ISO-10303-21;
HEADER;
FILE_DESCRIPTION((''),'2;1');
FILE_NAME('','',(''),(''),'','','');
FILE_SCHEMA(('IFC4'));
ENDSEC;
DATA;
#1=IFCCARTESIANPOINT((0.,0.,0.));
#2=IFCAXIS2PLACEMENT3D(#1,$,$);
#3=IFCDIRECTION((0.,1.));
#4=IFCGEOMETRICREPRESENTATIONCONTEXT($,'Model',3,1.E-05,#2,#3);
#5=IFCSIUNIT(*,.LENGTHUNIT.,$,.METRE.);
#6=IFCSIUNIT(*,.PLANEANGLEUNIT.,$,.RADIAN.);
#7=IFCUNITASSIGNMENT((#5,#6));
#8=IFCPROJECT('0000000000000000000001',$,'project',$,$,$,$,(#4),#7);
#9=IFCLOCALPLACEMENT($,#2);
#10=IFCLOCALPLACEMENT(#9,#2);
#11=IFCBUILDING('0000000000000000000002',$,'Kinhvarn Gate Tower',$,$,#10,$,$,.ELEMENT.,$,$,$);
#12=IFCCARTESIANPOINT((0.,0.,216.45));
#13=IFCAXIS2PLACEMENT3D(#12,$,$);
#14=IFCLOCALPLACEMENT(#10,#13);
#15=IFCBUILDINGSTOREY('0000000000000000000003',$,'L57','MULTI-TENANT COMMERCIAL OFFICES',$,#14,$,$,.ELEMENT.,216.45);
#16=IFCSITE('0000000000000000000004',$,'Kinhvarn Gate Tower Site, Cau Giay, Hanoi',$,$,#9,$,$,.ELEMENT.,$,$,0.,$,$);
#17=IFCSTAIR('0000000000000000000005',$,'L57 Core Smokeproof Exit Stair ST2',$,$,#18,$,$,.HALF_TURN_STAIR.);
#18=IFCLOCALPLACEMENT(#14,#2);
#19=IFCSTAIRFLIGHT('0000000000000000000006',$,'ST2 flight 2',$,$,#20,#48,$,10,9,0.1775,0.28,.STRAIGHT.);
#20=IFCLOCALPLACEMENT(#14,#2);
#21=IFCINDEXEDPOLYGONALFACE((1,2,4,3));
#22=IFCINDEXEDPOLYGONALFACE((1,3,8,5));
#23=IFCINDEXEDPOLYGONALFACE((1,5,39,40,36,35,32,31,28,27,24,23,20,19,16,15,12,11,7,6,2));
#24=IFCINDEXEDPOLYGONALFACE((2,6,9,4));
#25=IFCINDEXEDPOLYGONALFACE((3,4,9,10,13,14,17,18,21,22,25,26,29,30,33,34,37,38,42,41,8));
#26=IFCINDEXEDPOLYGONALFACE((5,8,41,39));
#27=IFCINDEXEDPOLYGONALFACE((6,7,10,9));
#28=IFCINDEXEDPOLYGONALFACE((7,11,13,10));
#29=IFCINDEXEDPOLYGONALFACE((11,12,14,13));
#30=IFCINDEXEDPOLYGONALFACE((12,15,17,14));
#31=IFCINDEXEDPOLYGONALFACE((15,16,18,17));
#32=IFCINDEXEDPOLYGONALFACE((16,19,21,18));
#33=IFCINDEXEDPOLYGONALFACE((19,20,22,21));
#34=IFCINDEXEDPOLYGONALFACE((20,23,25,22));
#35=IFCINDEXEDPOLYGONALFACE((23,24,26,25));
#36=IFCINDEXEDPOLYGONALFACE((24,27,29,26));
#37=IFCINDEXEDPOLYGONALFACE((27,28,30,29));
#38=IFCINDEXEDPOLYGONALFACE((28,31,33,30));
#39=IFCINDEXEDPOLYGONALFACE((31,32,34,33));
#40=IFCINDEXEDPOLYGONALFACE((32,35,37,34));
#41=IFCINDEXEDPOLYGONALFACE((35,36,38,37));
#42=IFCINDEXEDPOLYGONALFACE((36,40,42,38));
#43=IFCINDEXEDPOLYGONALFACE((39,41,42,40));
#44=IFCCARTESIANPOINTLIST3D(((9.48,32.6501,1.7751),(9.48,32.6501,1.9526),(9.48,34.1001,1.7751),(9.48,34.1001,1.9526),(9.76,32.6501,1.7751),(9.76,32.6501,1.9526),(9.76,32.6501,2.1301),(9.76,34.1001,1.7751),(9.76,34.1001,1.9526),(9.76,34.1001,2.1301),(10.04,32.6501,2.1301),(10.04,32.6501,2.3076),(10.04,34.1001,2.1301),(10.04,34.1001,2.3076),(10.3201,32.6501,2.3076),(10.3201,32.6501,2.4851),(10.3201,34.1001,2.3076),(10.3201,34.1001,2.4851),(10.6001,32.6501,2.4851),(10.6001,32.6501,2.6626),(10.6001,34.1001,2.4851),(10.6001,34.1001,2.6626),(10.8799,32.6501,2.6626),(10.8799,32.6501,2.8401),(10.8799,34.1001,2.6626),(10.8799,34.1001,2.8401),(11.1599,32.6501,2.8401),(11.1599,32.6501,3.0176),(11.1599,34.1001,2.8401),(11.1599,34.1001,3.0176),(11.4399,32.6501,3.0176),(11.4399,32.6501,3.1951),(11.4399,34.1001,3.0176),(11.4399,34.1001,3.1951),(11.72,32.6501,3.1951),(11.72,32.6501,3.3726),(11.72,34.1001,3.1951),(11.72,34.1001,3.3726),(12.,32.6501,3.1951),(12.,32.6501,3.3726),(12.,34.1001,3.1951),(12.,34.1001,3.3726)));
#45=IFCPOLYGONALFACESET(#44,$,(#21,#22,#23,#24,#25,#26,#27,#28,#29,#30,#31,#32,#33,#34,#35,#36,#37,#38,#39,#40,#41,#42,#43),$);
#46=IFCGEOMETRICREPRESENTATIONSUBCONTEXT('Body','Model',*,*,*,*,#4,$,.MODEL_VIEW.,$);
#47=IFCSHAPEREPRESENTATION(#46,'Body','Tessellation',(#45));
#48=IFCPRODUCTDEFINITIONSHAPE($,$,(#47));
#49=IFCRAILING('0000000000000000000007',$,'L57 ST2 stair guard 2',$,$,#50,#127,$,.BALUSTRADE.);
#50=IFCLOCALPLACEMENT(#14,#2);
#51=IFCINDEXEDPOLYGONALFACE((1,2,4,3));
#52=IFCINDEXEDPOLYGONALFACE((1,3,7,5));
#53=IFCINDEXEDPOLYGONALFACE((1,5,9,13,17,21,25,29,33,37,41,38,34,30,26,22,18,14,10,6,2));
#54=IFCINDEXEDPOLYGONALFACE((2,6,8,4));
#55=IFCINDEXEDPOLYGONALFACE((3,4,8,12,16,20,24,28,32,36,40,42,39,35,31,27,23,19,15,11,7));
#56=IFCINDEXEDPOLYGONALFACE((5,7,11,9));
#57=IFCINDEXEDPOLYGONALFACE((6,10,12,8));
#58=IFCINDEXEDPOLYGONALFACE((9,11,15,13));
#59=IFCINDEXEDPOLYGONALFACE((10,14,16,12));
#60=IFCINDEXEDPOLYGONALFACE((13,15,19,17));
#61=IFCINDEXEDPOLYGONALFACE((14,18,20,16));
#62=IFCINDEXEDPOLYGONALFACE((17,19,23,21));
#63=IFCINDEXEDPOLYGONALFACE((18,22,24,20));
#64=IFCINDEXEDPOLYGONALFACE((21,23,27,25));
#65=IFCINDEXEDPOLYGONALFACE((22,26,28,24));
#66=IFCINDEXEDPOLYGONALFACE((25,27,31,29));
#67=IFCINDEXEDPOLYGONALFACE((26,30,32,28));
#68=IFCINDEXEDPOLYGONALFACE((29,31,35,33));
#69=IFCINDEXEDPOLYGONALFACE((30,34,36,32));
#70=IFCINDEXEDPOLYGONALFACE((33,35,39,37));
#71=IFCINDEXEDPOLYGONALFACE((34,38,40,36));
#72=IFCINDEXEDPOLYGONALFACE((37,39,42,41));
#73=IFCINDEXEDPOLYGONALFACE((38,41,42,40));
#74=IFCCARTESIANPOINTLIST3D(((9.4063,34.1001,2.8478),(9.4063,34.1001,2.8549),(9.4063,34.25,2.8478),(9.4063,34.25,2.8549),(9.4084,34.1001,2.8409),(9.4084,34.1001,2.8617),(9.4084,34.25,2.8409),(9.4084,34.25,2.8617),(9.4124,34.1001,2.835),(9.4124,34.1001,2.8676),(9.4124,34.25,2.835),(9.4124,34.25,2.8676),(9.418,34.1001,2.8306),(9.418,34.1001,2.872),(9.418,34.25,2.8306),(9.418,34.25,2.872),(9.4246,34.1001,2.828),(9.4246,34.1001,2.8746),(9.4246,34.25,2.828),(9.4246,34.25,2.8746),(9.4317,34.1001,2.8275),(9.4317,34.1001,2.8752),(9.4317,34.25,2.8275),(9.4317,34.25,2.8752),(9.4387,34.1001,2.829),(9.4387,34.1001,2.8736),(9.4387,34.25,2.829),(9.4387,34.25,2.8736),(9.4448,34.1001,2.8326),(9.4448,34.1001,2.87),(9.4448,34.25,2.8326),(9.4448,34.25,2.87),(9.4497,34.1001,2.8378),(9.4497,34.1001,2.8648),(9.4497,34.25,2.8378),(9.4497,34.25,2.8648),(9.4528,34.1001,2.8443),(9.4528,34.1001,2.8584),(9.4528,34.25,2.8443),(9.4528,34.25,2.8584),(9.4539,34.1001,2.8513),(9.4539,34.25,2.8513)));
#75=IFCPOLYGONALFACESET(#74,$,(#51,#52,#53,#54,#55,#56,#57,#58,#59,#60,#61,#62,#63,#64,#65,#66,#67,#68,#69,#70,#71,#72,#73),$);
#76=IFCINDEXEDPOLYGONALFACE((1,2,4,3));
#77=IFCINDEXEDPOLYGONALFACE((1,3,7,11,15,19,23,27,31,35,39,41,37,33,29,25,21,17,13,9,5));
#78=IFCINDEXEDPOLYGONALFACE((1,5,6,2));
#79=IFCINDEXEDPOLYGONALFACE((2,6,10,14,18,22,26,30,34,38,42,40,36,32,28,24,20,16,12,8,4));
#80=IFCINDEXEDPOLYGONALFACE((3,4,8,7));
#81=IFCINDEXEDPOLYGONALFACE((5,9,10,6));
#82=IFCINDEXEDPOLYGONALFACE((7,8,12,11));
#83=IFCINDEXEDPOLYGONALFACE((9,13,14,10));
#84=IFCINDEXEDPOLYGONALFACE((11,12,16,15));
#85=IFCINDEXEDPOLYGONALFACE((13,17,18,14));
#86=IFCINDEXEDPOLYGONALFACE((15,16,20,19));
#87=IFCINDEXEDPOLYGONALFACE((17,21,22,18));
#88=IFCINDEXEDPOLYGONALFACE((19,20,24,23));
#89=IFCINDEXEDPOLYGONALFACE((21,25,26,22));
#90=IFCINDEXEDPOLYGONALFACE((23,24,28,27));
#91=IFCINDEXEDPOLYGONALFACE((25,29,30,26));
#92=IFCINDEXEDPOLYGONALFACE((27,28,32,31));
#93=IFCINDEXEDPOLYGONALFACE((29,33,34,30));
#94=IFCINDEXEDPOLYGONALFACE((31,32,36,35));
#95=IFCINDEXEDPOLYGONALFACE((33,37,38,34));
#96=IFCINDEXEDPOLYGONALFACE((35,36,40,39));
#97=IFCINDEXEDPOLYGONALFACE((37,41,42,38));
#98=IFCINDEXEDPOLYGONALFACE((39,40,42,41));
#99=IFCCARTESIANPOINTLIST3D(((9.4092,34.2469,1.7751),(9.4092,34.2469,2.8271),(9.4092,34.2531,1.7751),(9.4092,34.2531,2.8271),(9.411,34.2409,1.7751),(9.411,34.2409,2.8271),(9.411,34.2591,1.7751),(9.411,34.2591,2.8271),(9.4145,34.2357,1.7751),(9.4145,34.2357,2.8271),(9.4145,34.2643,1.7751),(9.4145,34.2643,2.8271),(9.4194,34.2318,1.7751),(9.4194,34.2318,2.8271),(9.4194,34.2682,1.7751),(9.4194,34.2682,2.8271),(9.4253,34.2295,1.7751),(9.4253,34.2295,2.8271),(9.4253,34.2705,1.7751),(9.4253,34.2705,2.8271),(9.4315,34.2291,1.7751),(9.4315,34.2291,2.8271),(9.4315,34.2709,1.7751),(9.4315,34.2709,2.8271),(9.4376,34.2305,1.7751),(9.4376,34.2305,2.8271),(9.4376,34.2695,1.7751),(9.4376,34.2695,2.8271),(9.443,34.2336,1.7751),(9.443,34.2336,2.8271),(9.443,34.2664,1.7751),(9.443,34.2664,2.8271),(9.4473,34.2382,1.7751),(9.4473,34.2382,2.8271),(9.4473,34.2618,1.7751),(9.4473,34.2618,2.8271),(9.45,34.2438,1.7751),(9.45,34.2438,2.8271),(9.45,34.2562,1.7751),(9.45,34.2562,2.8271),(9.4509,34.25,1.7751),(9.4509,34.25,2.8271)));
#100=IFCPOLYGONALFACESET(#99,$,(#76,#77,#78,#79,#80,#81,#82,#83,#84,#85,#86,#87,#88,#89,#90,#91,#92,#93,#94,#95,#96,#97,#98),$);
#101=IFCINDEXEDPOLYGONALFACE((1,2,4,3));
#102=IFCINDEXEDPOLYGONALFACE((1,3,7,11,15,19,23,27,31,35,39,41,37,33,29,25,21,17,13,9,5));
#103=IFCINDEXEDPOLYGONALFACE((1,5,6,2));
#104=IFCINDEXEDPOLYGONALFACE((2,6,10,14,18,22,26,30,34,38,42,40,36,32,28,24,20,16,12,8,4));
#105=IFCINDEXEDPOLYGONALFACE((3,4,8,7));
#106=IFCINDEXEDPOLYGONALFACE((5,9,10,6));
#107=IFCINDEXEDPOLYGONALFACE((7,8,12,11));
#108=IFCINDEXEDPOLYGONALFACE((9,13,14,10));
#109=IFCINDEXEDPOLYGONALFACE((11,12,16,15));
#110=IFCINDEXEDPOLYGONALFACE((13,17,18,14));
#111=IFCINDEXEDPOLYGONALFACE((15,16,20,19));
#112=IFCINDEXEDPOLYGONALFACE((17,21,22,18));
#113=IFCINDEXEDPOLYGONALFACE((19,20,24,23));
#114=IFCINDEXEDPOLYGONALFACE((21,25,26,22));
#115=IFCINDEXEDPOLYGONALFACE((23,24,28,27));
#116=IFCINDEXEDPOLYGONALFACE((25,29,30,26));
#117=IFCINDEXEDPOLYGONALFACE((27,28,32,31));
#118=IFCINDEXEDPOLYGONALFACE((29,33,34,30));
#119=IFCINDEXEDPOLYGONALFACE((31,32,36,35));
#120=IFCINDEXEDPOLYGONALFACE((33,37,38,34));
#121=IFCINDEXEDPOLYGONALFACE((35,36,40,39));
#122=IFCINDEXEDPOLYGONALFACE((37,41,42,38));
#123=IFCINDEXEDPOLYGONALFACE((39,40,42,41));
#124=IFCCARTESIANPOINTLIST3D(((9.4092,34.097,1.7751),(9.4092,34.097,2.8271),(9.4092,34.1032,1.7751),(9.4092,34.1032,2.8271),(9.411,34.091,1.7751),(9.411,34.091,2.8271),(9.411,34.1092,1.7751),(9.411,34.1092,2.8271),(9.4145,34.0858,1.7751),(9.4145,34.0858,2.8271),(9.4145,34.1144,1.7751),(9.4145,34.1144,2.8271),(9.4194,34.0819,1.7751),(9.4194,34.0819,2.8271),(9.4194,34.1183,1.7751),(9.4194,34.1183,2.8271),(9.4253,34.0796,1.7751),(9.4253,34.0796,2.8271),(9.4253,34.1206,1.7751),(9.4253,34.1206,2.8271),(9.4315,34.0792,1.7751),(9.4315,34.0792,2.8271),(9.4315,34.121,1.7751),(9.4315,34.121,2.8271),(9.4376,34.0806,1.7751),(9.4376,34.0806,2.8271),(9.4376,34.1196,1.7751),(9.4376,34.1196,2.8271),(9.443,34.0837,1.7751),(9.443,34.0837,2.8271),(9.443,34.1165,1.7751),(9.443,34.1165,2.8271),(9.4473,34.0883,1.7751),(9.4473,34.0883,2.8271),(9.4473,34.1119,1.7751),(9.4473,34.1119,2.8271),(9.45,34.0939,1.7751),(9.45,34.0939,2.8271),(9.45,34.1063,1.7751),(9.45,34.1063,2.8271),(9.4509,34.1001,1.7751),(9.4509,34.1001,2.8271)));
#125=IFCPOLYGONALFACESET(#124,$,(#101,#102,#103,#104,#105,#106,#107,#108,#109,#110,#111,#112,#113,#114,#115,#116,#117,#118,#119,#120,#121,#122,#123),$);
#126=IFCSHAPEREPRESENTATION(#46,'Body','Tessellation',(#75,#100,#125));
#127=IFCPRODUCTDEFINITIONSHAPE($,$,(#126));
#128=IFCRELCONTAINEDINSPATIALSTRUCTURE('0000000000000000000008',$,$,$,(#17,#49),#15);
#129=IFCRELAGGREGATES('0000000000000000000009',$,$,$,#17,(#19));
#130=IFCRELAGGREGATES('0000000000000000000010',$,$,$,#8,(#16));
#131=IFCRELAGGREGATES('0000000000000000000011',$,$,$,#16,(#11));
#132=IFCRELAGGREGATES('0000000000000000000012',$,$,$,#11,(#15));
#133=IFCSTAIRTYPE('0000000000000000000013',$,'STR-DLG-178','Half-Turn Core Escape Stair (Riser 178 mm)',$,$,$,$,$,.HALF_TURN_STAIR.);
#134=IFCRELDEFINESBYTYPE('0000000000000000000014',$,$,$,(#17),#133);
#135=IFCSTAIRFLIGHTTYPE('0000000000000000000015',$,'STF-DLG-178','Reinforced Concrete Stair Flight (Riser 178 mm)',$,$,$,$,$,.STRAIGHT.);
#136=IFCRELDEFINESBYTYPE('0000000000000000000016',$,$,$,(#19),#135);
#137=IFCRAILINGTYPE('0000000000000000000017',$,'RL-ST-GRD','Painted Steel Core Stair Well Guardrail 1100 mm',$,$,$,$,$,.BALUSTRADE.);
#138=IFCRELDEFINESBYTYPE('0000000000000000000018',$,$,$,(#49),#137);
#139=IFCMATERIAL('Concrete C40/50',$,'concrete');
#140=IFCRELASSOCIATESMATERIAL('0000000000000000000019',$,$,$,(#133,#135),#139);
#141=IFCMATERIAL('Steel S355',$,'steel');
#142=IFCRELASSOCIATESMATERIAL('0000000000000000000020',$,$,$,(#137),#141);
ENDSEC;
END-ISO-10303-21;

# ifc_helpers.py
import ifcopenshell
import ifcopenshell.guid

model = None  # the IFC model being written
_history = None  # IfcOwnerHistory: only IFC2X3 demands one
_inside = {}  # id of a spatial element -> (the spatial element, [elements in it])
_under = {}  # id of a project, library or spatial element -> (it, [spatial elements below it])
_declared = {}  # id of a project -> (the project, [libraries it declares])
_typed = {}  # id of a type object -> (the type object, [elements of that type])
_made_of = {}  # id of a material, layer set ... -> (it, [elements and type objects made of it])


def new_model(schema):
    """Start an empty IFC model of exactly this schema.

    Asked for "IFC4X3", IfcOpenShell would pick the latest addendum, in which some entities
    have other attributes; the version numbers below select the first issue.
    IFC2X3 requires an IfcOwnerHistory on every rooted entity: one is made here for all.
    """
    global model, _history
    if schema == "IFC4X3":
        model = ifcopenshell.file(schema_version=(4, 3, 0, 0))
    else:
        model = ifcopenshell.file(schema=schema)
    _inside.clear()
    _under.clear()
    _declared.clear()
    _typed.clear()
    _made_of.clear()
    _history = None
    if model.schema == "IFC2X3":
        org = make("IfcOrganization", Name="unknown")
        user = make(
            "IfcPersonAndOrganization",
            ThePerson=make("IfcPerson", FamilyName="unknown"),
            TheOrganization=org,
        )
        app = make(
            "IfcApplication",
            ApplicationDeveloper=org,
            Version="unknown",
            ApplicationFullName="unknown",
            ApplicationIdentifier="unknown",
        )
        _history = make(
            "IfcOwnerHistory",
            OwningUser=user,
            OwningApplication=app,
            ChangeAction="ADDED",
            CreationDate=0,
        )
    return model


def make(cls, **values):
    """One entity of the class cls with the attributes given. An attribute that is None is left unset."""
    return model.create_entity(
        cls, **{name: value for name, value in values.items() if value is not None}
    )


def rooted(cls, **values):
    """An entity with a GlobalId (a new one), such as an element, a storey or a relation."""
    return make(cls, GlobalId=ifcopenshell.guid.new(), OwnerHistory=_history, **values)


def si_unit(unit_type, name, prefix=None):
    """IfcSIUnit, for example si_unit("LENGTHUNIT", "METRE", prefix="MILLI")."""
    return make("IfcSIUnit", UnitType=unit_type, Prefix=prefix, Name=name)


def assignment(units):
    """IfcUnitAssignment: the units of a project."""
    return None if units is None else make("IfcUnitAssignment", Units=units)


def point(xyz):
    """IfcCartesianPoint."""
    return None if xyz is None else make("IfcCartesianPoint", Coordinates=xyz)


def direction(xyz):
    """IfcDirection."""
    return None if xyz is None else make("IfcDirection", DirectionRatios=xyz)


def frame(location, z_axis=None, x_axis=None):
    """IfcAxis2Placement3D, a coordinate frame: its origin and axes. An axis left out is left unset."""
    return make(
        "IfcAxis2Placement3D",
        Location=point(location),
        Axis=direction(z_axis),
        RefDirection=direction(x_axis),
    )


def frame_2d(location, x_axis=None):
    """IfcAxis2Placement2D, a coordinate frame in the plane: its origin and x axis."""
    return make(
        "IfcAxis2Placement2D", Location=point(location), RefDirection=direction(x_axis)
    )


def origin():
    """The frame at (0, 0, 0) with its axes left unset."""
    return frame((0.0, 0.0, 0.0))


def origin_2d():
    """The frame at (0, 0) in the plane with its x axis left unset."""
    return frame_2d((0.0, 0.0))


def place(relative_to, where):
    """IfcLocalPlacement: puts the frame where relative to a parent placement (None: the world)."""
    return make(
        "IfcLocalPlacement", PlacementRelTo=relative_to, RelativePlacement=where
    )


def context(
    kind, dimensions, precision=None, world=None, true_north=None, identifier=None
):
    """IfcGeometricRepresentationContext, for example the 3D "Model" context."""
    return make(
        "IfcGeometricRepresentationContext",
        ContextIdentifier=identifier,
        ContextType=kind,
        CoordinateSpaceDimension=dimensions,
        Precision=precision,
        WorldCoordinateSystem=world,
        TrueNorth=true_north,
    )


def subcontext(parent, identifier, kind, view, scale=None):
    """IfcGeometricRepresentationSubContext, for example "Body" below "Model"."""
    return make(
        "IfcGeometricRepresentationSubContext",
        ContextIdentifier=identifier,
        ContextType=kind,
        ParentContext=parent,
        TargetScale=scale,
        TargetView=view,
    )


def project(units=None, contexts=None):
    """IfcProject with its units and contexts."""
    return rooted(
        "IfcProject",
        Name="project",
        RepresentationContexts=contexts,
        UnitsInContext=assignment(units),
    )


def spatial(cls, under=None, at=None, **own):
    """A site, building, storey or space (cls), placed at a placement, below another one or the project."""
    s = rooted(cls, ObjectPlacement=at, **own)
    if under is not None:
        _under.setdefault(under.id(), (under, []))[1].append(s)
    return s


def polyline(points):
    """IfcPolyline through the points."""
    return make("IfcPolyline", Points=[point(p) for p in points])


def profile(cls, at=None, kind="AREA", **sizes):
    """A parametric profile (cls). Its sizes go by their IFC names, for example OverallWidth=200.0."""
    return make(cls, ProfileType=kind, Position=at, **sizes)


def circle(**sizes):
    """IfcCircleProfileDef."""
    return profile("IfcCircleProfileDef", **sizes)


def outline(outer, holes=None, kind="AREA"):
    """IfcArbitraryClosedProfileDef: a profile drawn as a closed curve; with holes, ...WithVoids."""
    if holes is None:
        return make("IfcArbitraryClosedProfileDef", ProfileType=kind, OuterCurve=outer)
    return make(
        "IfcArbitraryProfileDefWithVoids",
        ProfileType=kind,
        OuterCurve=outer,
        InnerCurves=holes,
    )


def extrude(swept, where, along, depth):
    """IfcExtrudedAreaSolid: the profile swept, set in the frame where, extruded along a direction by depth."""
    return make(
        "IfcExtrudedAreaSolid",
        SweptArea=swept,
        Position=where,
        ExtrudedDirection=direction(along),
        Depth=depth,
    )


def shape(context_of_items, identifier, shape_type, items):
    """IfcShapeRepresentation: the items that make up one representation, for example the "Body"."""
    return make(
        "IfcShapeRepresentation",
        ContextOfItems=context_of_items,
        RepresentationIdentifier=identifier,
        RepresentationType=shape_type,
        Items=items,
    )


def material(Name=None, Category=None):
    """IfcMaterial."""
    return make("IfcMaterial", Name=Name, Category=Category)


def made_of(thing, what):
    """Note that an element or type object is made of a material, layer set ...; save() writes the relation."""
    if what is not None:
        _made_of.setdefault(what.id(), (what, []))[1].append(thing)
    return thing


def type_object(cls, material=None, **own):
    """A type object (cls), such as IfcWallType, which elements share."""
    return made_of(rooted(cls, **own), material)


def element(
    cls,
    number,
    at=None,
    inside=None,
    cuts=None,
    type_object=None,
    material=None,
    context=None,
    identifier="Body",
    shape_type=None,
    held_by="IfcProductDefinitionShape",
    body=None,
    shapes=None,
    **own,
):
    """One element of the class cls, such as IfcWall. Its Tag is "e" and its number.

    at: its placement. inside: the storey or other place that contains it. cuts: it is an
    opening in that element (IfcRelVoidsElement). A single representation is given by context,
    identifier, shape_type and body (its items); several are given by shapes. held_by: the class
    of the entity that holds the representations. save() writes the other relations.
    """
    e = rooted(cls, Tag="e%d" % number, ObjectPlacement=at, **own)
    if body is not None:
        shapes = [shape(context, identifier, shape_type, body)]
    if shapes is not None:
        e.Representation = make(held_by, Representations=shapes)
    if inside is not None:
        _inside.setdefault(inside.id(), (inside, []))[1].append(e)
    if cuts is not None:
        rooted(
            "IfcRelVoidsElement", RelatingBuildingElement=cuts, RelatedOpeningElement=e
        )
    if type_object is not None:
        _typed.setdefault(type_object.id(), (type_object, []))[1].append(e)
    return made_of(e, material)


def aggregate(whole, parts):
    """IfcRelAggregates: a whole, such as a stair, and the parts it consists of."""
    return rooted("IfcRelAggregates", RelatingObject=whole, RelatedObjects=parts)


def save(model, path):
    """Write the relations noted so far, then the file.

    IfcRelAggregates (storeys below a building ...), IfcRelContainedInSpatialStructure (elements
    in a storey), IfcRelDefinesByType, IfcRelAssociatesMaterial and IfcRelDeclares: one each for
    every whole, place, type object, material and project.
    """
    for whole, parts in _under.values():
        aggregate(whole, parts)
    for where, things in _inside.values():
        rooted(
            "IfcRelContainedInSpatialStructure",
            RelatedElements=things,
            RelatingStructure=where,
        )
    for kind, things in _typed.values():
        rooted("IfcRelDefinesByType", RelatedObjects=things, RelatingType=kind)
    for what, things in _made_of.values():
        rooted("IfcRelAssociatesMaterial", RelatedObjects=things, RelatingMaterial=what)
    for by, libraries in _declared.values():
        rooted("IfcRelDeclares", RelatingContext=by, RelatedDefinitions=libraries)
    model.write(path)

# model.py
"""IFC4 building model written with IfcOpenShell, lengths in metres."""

from ifc_helpers import new_model, si_unit, direction, frame, origin, origin_2d, place, context, subcontext, project, spatial, polyline, circle, outline, extrude, material, type_object, element, aggregate, save


model = new_model("IFC4")

# Units and contexts
model_context = context("Model", 3, precision=1e-05, world=origin(), true_north=direction((0.0, 1.0)))
body_context = subcontext(model_context, "Body", "Model", "MODEL_VIEW")
ifc_project = project(units=[si_unit("LENGTHUNIT", "METRE"), si_unit("PLANEANGLEUNIT", "RADIAN")], contexts=[model_context])

# Site, building, storey
site_placement = place(None, origin())
site = spatial("IfcSite", under=ifc_project, at=site_placement, Name="Kinhvarn Gate Tower Site, Cau Giay, Hanoi", CompositionType="ELEMENT", RefElevation=0.0)
building_placement = place(site_placement, origin())
building = spatial("IfcBuilding", under=site, at=building_placement, Name="Kinhvarn Gate Tower", CompositionType="ELEMENT")
storey_placement = place(building_placement, frame((0.0, 0.0, 216.45)))
storey = spatial("IfcBuildingStorey", under=building, at=storey_placement, Name="L57", Description="MULTI-TENANT COMMERCIAL OFFICES", CompositionType="ELEMENT", Elevation=216.45)

# Shared definitions
ifc_material_1 = material(Name="Concrete C40/50", Category="concrete")

# Stair, stair flight
stair_type = type_object("IfcStairType", Name="STR-DLG-178", Description="Half-Turn Core Escape Stair (Riser 178 mm)", PredefinedType="HALF_TURN_STAIR", material=ifc_material_1)
stair_placement = place(storey_placement, origin())
stair = element("IfcStair", 1, at=stair_placement, inside=storey, type_object=stair_type, Name="L57 Core Smokeproof Exit Stair ST2", PredefinedType="HALF_TURN_STAIR")
stair_flight_type = type_object("IfcStairFlightType", Name="STF-DLG-178", Description="Reinforced Concrete Stair Flight (Riser 178 mm)", PredefinedType="STRAIGHT", material=ifc_material_1)
stair_flight_placement = place(storey_placement, frame((9.48, 33.375, 1.7751), z_axis=(0.0, 0.0, 1.0), x_axis=(1.0, 0.0, 0.0)))
stair_flight = element("IfcStairFlight", 2, at=stair_flight_placement, type_object=stair_flight_type, Name="ST2 flight 2", NumberOfRisers=10, NumberOfTreads=9, PredefinedType="STRAIGHT", RiserHeight=0.1775, TreadLength=0.28, context=body_context, shape_type="SweptSolid", body=[
    extrude(outline(polyline([(0.0, 0.0), (0.0, 0.1775), (0.28, 0.1775), (0.28, 0.355), (0.5601, 0.355), (0.5601, 0.5325), (0.8401, 0.5325), (0.8401, 0.71), (1.1201, 0.71), (1.1201, 0.8875), (1.3999, 0.8875), (1.3999, 1.0649), (1.6799, 1.0649), (1.6799, 1.2424), (1.96, 1.2424), (1.96, 1.4199), (2.24, 1.4199), (2.24, 1.5974), (2.52, 1.5974), (2.52, 1.7749), (2.52, 1.4199), (0.28, 0.0), (0.0, 0.0)])), frame((0.0, 0.7251, 0.0), z_axis=(0.0, -1.0, 0.0), x_axis=(1.0, 0.0, 0.0)), (0.0, 0.0, 1.0), 1.45),
])
aggregate(stair, [stair_flight])

# Railing
ifc_material_2 = material(Name="Steel S355", Category="steel")
railing_type_1 = type_object("IfcRailingType", Name="RL-ST-GRD", Description="Painted Steel Core Stair Well Guardrail 1100 mm", PredefinedType="BALUSTRADE", material=ifc_material_2)
railing_1_placement = place(storey_placement, frame((9.4299, 34.25, 1.7751)))
element("IfcRailing", 3, at=railing_1_placement, inside=storey, type_object=railing_type_1, Name="L57 ST2 stair guard 2", PredefinedType="BALUSTRADE", context=body_context, shape_type="SweptSolid", body=[
    extrude(circle(Radius=0.0239, at=origin_2d()), frame((0.0, 0.0, 1.0762), z_axis=(0.0, -1.0, 0.0), x_axis=(1.0, 0.0, 0.0)), (0.0, 0.0, 1.0), 0.1499),
    extrude(circle(Radius=0.021, at=origin_2d()), origin(), (0.0, 0.0, 1.0), 1.052),
    extrude(circle(Radius=0.021, at=origin_2d()), frame((0.0, -0.1499, 0.0)), (0.0, 0.0, 1.0), 1.052),
])

save(model, "model.ifc")
